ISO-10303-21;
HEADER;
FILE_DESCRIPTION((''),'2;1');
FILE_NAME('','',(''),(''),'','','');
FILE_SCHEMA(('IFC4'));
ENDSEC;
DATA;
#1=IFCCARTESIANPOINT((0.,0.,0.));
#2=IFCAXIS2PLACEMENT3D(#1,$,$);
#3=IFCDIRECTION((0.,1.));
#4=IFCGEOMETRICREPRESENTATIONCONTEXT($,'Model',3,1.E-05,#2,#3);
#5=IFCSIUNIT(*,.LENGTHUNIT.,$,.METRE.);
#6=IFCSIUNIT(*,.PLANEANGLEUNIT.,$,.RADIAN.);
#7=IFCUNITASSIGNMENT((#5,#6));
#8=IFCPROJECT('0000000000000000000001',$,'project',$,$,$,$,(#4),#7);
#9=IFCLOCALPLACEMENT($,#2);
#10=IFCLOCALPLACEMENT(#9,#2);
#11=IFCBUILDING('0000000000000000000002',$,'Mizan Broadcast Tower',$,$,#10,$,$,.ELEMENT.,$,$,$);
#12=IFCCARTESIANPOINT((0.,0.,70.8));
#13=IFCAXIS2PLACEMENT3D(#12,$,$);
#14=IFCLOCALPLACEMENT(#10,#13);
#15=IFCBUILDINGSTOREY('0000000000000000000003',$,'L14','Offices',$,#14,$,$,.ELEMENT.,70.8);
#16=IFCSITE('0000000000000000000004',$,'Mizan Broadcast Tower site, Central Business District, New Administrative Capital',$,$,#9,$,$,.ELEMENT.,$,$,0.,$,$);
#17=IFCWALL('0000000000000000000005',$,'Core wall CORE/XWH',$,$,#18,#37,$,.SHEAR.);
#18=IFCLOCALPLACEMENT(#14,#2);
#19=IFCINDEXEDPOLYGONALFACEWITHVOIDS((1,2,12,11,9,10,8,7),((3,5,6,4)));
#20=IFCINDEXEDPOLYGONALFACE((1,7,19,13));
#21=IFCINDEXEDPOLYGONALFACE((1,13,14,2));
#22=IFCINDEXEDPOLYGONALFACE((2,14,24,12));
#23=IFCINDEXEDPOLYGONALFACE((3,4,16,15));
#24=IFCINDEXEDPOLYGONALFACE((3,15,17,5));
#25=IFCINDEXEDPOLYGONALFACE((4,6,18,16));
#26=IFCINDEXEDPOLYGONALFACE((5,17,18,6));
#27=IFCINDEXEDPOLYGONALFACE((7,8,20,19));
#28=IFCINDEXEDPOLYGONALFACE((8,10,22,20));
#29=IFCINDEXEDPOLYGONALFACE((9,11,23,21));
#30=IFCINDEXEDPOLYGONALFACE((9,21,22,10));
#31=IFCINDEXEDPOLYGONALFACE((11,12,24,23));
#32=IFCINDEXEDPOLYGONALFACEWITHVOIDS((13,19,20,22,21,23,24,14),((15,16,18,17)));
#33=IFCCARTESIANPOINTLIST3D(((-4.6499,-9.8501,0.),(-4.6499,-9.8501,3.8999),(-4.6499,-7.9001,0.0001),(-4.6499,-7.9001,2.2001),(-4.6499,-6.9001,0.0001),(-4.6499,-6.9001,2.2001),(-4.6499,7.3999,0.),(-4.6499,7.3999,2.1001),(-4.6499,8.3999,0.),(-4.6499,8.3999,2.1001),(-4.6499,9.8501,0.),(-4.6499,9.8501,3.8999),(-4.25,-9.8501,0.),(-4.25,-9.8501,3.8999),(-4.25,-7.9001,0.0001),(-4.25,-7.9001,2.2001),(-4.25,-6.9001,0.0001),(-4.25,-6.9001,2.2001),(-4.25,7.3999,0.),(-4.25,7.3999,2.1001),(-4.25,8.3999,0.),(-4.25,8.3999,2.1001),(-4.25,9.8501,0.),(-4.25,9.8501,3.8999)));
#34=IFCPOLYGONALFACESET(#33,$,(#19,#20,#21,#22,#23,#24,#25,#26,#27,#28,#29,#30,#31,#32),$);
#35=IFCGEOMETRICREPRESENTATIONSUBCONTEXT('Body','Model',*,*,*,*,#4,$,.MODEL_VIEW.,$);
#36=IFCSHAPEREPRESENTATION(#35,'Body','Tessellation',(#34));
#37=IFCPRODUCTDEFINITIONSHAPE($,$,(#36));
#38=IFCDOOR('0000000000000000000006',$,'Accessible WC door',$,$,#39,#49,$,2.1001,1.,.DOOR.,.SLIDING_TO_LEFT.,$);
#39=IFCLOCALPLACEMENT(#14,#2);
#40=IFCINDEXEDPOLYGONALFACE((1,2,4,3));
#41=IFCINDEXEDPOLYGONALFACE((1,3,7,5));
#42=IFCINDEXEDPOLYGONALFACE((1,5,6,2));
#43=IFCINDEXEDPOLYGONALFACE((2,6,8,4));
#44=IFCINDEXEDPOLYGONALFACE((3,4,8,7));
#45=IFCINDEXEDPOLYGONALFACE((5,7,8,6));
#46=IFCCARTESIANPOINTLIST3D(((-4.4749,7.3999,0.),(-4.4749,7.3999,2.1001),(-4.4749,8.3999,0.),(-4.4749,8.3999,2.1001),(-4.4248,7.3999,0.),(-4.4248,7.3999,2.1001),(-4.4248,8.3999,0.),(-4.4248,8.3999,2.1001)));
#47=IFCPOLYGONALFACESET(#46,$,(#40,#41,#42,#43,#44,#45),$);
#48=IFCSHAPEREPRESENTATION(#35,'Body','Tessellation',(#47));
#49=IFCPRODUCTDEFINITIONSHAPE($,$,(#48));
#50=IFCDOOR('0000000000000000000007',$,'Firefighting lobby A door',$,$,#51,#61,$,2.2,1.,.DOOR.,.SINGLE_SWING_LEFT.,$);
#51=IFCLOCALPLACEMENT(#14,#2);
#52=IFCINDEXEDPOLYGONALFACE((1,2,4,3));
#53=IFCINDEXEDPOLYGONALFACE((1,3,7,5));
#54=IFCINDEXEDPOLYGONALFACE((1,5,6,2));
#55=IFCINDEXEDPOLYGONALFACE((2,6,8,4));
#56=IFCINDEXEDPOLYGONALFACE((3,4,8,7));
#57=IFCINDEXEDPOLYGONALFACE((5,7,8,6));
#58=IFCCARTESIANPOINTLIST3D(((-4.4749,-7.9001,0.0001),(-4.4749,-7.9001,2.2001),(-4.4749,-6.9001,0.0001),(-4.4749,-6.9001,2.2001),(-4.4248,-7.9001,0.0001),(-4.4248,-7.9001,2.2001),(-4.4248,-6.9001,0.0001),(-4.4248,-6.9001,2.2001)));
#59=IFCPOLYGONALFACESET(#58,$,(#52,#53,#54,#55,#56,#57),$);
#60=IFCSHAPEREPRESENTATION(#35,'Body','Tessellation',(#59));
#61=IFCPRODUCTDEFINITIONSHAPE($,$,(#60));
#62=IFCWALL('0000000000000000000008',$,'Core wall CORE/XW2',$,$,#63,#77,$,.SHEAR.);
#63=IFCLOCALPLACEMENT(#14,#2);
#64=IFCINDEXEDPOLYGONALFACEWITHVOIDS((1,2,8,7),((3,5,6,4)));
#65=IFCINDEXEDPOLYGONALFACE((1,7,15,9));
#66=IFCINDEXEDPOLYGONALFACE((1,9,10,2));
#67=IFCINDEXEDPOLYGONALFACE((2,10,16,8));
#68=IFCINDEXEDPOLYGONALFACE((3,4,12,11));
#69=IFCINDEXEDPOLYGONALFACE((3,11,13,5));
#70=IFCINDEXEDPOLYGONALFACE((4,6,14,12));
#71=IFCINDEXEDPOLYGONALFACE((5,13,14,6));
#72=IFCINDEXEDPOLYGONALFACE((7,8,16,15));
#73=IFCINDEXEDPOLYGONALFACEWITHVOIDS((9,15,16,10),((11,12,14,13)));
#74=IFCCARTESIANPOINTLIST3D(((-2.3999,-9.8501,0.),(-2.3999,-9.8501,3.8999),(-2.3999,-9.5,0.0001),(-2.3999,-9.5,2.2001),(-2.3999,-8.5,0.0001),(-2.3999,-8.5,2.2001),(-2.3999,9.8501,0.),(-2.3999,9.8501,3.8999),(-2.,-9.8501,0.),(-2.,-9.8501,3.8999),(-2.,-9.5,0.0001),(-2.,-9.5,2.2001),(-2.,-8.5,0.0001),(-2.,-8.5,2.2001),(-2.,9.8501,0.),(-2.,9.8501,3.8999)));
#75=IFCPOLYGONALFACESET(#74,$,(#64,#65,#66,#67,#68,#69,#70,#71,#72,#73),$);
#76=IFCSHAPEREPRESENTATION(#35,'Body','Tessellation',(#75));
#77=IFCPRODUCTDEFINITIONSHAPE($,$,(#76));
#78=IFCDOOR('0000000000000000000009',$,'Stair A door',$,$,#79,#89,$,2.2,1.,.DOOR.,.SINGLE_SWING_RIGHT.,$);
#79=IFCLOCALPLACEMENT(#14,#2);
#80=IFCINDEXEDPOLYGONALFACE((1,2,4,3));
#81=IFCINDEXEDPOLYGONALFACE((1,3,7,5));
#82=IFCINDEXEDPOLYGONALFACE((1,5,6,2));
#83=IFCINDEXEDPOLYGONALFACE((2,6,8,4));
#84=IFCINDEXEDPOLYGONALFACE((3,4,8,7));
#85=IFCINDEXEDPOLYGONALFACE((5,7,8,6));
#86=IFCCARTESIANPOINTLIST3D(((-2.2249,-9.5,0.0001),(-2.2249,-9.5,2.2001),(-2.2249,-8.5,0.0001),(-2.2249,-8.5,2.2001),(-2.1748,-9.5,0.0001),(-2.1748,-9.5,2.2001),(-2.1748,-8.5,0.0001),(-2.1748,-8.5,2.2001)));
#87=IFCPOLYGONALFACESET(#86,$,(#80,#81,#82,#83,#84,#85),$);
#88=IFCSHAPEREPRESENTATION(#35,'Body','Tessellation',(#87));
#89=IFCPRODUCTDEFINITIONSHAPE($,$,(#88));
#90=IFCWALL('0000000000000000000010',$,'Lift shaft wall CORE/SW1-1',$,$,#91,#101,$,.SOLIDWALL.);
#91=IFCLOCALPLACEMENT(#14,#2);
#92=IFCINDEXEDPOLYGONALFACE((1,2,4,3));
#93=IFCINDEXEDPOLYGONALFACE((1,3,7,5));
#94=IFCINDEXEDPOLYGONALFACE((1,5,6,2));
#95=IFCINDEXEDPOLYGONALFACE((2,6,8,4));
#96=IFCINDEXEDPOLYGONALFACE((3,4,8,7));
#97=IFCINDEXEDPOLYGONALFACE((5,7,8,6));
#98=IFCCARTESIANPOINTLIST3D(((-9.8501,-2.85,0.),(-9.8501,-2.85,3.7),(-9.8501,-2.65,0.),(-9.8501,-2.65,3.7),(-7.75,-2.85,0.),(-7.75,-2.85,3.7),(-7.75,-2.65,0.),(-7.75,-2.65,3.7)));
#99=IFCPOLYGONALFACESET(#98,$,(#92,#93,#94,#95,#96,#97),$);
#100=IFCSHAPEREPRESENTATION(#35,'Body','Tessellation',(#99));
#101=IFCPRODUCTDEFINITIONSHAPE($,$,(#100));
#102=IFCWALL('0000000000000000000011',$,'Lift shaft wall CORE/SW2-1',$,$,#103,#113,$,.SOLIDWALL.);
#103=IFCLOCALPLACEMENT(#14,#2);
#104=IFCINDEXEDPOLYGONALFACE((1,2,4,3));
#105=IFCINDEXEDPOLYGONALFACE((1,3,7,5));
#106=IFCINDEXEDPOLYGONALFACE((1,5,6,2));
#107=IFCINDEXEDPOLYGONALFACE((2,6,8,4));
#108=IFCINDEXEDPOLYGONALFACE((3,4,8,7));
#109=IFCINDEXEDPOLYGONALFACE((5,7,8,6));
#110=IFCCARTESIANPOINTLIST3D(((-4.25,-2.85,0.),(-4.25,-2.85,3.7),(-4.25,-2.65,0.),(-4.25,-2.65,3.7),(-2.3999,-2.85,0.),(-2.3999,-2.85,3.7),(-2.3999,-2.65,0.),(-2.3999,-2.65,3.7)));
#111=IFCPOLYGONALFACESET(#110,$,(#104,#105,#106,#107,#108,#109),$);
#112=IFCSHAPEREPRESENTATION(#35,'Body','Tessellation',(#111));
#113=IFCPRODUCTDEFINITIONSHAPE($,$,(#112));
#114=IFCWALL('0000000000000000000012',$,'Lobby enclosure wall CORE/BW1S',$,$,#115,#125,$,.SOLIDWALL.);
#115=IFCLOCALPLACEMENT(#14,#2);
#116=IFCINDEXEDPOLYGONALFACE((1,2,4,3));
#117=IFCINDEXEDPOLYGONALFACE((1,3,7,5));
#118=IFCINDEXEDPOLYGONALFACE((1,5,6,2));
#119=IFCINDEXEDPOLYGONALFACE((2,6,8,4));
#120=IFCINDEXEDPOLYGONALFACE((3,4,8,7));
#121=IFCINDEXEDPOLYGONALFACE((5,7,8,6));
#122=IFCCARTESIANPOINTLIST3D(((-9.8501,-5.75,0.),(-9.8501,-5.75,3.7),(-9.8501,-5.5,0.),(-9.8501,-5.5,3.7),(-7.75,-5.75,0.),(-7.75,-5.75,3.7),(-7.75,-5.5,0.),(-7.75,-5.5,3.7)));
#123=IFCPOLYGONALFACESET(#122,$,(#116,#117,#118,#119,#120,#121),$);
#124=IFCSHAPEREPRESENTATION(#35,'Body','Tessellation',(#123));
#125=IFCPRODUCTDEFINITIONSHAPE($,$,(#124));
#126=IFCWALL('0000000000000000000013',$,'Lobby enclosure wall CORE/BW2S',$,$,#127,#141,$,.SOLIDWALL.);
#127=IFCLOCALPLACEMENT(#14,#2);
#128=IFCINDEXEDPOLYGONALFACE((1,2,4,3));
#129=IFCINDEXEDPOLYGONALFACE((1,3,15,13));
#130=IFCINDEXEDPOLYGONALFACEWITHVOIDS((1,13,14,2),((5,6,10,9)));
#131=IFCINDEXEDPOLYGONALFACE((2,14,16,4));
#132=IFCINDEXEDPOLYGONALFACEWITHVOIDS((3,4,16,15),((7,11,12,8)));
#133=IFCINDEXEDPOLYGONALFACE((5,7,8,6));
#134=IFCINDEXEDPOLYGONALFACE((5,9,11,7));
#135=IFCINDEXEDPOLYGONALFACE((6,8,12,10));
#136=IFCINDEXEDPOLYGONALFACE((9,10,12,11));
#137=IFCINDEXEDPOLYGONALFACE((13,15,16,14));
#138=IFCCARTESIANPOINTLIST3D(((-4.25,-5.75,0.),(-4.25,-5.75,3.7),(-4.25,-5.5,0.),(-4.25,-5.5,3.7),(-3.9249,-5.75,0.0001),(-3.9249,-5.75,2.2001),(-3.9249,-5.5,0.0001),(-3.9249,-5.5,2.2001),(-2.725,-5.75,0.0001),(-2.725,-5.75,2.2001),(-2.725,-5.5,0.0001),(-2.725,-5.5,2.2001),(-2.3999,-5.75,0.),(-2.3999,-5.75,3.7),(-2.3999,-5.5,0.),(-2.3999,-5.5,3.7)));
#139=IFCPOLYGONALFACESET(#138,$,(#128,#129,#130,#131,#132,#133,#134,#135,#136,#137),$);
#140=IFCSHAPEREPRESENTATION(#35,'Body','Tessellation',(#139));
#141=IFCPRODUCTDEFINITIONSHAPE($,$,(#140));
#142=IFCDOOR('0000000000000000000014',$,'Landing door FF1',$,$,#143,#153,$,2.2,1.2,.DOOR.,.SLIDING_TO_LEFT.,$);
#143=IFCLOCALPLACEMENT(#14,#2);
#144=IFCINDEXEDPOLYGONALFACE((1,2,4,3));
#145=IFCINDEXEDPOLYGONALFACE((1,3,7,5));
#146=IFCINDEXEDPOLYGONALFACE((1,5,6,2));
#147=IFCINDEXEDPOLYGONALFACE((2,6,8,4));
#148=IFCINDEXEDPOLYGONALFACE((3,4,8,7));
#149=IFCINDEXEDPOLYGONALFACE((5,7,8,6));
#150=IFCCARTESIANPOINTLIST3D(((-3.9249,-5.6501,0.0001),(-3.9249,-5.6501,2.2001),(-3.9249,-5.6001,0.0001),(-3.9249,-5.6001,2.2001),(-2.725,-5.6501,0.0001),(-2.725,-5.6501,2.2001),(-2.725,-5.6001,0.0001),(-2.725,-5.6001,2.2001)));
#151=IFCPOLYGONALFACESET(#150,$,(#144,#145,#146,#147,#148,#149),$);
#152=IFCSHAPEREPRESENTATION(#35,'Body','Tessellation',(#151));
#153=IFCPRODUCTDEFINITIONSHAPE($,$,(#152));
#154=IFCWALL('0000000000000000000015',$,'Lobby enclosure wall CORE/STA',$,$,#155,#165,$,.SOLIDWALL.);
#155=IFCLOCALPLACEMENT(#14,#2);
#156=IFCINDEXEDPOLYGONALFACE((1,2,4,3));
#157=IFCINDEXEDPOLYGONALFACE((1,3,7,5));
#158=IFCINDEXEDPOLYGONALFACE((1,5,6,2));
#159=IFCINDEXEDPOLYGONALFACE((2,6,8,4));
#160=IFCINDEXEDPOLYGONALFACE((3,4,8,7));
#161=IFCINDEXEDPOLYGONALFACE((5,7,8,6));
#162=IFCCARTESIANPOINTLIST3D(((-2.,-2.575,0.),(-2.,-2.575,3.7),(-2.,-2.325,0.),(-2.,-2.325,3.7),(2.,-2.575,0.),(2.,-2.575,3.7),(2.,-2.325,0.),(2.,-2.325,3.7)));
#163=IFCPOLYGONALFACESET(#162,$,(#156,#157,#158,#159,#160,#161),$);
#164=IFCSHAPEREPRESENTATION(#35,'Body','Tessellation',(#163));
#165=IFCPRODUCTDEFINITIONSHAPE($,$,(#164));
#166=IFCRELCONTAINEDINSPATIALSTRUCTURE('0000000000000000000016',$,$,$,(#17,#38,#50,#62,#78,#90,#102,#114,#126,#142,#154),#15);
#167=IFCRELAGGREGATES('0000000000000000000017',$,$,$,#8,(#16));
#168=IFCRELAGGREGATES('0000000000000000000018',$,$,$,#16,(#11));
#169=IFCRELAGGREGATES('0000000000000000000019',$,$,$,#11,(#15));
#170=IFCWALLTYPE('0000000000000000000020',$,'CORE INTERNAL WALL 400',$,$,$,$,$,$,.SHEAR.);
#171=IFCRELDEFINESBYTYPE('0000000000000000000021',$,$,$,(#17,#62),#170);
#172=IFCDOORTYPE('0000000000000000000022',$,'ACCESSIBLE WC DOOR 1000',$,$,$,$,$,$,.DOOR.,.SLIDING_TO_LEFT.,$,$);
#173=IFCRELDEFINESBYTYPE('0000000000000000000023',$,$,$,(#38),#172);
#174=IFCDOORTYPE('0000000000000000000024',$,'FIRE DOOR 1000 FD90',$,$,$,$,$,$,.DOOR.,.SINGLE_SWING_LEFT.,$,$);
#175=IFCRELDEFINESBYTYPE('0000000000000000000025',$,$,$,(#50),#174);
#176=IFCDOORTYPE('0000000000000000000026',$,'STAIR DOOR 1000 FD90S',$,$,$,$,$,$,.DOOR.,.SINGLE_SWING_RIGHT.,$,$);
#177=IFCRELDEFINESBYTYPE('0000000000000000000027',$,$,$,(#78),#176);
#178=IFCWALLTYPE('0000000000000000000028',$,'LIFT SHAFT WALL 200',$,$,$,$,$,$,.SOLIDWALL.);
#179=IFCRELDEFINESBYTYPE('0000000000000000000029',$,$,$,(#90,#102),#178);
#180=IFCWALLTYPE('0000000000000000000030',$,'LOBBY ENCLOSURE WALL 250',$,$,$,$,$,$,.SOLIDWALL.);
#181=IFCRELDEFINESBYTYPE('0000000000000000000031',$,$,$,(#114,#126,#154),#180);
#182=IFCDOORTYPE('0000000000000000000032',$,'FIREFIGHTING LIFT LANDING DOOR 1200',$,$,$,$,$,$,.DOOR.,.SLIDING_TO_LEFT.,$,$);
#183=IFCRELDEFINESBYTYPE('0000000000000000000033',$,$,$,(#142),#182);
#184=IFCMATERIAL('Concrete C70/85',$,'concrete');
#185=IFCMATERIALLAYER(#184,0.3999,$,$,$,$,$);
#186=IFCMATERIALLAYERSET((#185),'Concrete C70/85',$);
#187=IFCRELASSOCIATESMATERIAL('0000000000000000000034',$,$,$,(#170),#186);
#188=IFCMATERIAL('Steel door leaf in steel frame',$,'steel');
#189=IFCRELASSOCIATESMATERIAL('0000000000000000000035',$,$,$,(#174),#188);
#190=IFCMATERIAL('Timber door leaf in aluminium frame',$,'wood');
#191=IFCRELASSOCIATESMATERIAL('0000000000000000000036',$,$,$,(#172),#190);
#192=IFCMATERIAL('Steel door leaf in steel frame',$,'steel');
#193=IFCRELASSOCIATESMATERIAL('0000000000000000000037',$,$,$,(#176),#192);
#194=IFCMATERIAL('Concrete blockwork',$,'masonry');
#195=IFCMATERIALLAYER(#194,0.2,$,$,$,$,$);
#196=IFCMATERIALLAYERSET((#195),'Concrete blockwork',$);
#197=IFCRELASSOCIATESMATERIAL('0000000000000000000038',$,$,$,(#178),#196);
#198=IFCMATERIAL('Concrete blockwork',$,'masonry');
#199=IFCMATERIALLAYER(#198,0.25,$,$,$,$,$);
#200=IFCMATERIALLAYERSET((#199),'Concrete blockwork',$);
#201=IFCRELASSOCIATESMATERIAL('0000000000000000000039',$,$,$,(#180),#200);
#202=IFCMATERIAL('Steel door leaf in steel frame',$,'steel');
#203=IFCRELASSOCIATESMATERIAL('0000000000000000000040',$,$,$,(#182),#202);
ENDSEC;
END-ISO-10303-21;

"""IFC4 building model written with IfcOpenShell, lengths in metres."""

from ifc_helpers import new_model, si_unit, direction, frame, frame_2d, origin, place, context, subcontext, project, spatial, rectangle, extrude, material, layer, layer_set, type_object, element, fill, save


model = new_model("IFC4")

# Units and contexts
model_context = context("Model", 3, precision=1e-05, world=origin(), true_north=direction((0.0, 1.0)))
body_context = subcontext(model_context, "Body", "Model", "MODEL_VIEW")
ifc_project = project(units=[si_unit("LENGTHUNIT", "METRE"), si_unit("PLANEANGLEUNIT", "RADIAN")], contexts=[model_context])

# Site, building, storey
site_placement = place(None, origin())
site = spatial("IfcSite", under=ifc_project, at=site_placement, Name="Mizan Broadcast Tower site, Central Business District, New Administrative Capital", CompositionType="ELEMENT", RefElevation=0.0)
building_placement = place(site_placement, origin())
building = spatial("IfcBuilding", under=site, at=building_placement, Name="Mizan Broadcast Tower", CompositionType="ELEMENT")
storey_placement = place(building_placement, frame((0.0, 0.0, 70.8)))
storey = spatial("IfcBuildingStorey", under=building, at=storey_placement, Name="L14", Description="Offices", CompositionType="ELEMENT", Elevation=70.8)

# Wall, openings, doors
ifc_material_1 = material(Name="Concrete C70/85", Category="concrete")
ifc_layer_1 = layer(ifc_material_1, 0.3999)
ifc_layer_set_1 = layer_set([ifc_layer_1], Name="Concrete C70/85")
wall_type_1 = type_object("IfcWallType", Name="CORE INTERNAL WALL 400", PredefinedType="SHEAR", material=ifc_layer_set_1)
ifc_material_2 = material(Name="Steel door leaf in steel frame", Category="steel")
door_type_1 = type_object("IfcDoorType", Name="FIRE DOOR 1000 FD90", OperationType="SINGLE_SWING_LEFT", PredefinedType="DOOR", material=ifc_material_2)
wall_1_placement = place(storey_placement, frame((-4.45, -9.8501, 0.0), z_axis=(0.0, 0.0, 1.0), x_axis=(0.0, 1.0, 0.0)))
wall_1 = element("IfcWall", 1, at=wall_1_placement, inside=storey, type_object=wall_type_1, Name="Core wall CORE/XWH", PredefinedType="SHEAR", context=body_context, shape_type="SweptSolid", body=[
    extrude(rectangle(XDim=19.7002, YDim=0.3999, at=frame_2d((9.8501, 0.0))), origin(), (0.0, 0.0, 1.0), 3.8999),
])
opening_1_placement = place(wall_1_placement, frame((1.95, 0.0, 0.0)))
opening_1 = element("IfcOpeningElement", 2, at=opening_1_placement, cuts=wall_1, PredefinedType="OPENING", context=body_context, shape_type="SweptSolid", body=[
    extrude(rectangle(XDim=1.0, YDim=2.2, at=frame_2d((0.5, 1.1001))), frame((0.0, 0.21, 0.0), z_axis=(0.0, -1.0, 0.0), x_axis=(1.0, 0.0, 0.0)), (0.0, 0.0, 1.0), 0.4199),
])
opening_2_placement = place(wall_1_placement, frame((17.25, 0.0, 0.0)))
opening_2 = element("IfcOpeningElement", 3, at=opening_2_placement, cuts=wall_1, PredefinedType="OPENING", context=body_context, shape_type="SweptSolid", body=[
    extrude(rectangle(XDim=1.0, YDim=2.1001, at=frame_2d((0.5, 1.05))), frame((0.0, 0.21, 0.0), z_axis=(0.0, -1.0, 0.0), x_axis=(1.0, 0.0, 0.0)), (0.0, 0.0, 1.0), 0.4199),
])
ifc_material_3 = material(Name="Timber door leaf in aluminium frame", Category="wood")
door_type_2 = type_object("IfcDoorType", Name="ACCESSIBLE WC DOOR 1000", OperationType="SLIDING_TO_LEFT", PredefinedType="DOOR", material=ifc_material_3)
door_1_placement = place(opening_2_placement, origin())
door_1 = element("IfcDoor", 4, at=door_1_placement, inside=storey, type_object=door_type_2, Name="Accessible WC door", OperationType="SLIDING_TO_LEFT", OverallHeight=2.1001, OverallWidth=1.0, PredefinedType="DOOR", context=body_context, shape_type="SweptSolid", body=[
    extrude(rectangle(XDim=1.0, YDim=2.1001, at=frame_2d((0.5, 1.05))), frame((0.0, 0.0249, 0.0), z_axis=(0.0, -1.0, 0.0), x_axis=(1.0, 0.0, 0.0)), (0.0, 0.0, 1.0), 0.05),
])
fill(opening_2, door_1)
door_2_placement = place(opening_1_placement, origin())
door_2 = element("IfcDoor", 5, at=door_2_placement, inside=storey, type_object=door_type_1, Name="Firefighting lobby A door", OperationType="SINGLE_SWING_LEFT", OverallHeight=2.2, OverallWidth=1.0, PredefinedType="DOOR", context=body_context, shape_type="SweptSolid", body=[
    extrude(rectangle(XDim=1.0, YDim=2.2, at=frame_2d((0.5, 1.1001))), frame((0.0, 0.0249, 0.0), z_axis=(0.0, -1.0, 0.0), x_axis=(1.0, 0.0, 0.0)), (0.0, 0.0, 1.0), 0.05),
])
fill(opening_1, door_2)

# Wall, opening, door
wall_2_placement = place(storey_placement, frame((-2.2, -9.8501, 0.0), z_axis=(0.0, 0.0, 1.0), x_axis=(0.0, 1.0, 0.0)))
wall_2 = element("IfcWall", 6, at=wall_2_placement, inside=storey, type_object=wall_type_1, Name="Core wall CORE/XW2", PredefinedType="SHEAR", context=body_context, shape_type="SweptSolid", body=[
    extrude(rectangle(XDim=19.7002, YDim=0.3999, at=frame_2d((9.8501, 0.0))), origin(), (0.0, 0.0, 1.0), 3.8999),
])
opening_3_placement = place(wall_2_placement, frame((0.3501, 0.0, 0.0)))
opening_3 = element("IfcOpeningElement", 7, at=opening_3_placement, cuts=wall_2, PredefinedType="OPENING", context=body_context, shape_type="SweptSolid", body=[
    extrude(rectangle(XDim=1.0, YDim=2.2, at=frame_2d((0.5, 1.1001))), frame((0.0, 0.21, 0.0), z_axis=(0.0, -1.0, 0.0), x_axis=(1.0, 0.0, 0.0)), (0.0, 0.0, 1.0), 0.4199),
])
ifc_material_4 = material(Name="Steel door leaf in steel frame", Category="steel")
door_type_3 = type_object("IfcDoorType", Name="STAIR DOOR 1000 FD90S", OperationType="SINGLE_SWING_RIGHT", PredefinedType="DOOR", material=ifc_material_4)
door_3_placement = place(opening_3_placement, origin())
door_3 = element("IfcDoor", 8, at=door_3_placement, inside=storey, type_object=door_type_3, Name="Stair A door", OperationType="SINGLE_SWING_RIGHT", OverallHeight=2.2, OverallWidth=1.0, PredefinedType="DOOR", context=body_context, shape_type="SweptSolid", body=[
    extrude(rectangle(XDim=1.0, YDim=2.2, at=frame_2d((0.5, 1.1001))), frame((0.0, 0.0249, 0.0), z_axis=(0.0, -1.0, 0.0), x_axis=(1.0, 0.0, 0.0)), (0.0, 0.0, 1.0), 0.05),
])
fill(opening_3, door_3)

# Walls
ifc_material_5 = material(Name="Concrete blockwork", Category="masonry")
ifc_layer_2 = layer(ifc_material_5, 0.2)
ifc_layer_set_2 = layer_set([ifc_layer_2], Name="Concrete blockwork")
wall_type_2 = type_object("IfcWallType", Name="LIFT SHAFT WALL 200", PredefinedType="SOLIDWALL", material=ifc_layer_set_2)
wall_3_placement = place(storey_placement, frame((-9.8501, -2.75, 0.0), z_axis=(0.0, 0.0, 1.0), x_axis=(1.0, 0.0, 0.0)))
element("IfcWall", 9, at=wall_3_placement, inside=storey, type_object=wall_type_2, Name="Lift shaft wall CORE/SW1-1", PredefinedType="SOLIDWALL", context=body_context, shape_type="SweptSolid", body=[
    extrude(rectangle(XDim=2.1001, YDim=0.2, at=frame_2d((1.05, 0.0))), origin(), (0.0, 0.0, 1.0), 3.7),
])
wall_4_placement = place(storey_placement, frame((-4.25, -2.75, 0.0), z_axis=(0.0, 0.0, 1.0), x_axis=(1.0, 0.0, 0.0)))
element("IfcWall", 10, at=wall_4_placement, inside=storey, type_object=wall_type_2, Name="Lift shaft wall CORE/SW2-1", PredefinedType="SOLIDWALL", context=body_context, shape_type="SweptSolid", body=[
    extrude(rectangle(XDim=1.8501, YDim=0.2, at=frame_2d((0.925, 0.0))), origin(), (0.0, 0.0, 1.0), 3.7),
])
ifc_material_6 = material(Name="Concrete blockwork", Category="masonry")
ifc_layer_3 = layer(ifc_material_6, 0.25)
ifc_layer_set_3 = layer_set([ifc_layer_3], Name="Concrete blockwork")
wall_type_3 = type_object("IfcWallType", Name="LOBBY ENCLOSURE WALL 250", PredefinedType="SOLIDWALL", material=ifc_layer_set_3)
wall_5_placement = place(storey_placement, frame((-9.8501, -5.625, 0.0), z_axis=(0.0, 0.0, 1.0), x_axis=(1.0, 0.0, 0.0)))
element("IfcWall", 11, at=wall_5_placement, inside=storey, type_object=wall_type_3, Name="Lobby enclosure wall CORE/BW1S", PredefinedType="SOLIDWALL", context=body_context, shape_type="SweptSolid", body=[
    extrude(rectangle(XDim=2.1001, YDim=0.25, at=frame_2d((1.05, 0.0))), origin(), (0.0, 0.0, 1.0), 3.7),
])

# Wall, opening, door
wall_6_placement = place(storey_placement, frame((-4.25, -5.625, 0.0), z_axis=(0.0, 0.0, 1.0), x_axis=(1.0, 0.0, 0.0)))
wall_6 = element("IfcWall", 12, at=wall_6_placement, inside=storey, type_object=wall_type_3, Name="Lobby enclosure wall CORE/BW2S", PredefinedType="SOLIDWALL", context=body_context, shape_type="SweptSolid", body=[
    extrude(rectangle(XDim=1.8501, YDim=0.25, at=frame_2d((0.925, 0.0))), origin(), (0.0, 0.0, 1.0), 3.7),
])
opening_4_placement = place(wall_6_placement, frame((0.325, 0.0, 0.0)))
opening_4 = element("IfcOpeningElement", 13, at=opening_4_placement, cuts=wall_6, PredefinedType="OPENING", context=body_context, shape_type="SweptSolid", body=[
    extrude(rectangle(XDim=1.2, YDim=2.2, at=frame_2d((0.6001, 1.1001))), frame((0.0, 0.135, 0.0), z_axis=(0.0, -1.0, 0.0), x_axis=(1.0, 0.0, 0.0)), (0.0, 0.0, 1.0), 0.27),
])
ifc_material_7 = material(Name="Steel door leaf in steel frame", Category="steel")
door_type_4 = type_object("IfcDoorType", Name="FIREFIGHTING LIFT LANDING DOOR 1200", OperationType="SLIDING_TO_LEFT", PredefinedType="DOOR", material=ifc_material_7)
door_4_placement = place(opening_4_placement, origin())
door_4 = element("IfcDoor", 14, at=door_4_placement, inside=storey, type_object=door_type_4, Name="Landing door FF1", OperationType="SLIDING_TO_LEFT", OverallHeight=2.2, OverallWidth=1.2, PredefinedType="DOOR", context=body_context, shape_type="SweptSolid", body=[
    extrude(rectangle(XDim=1.2, YDim=2.2, at=frame_2d((0.6001, 1.1001))), frame((0.0, 0.0249, 0.0), z_axis=(0.0, -1.0, 0.0), x_axis=(1.0, 0.0, 0.0)), (0.0, 0.0, 1.0), 0.05),
])
fill(opening_4, door_4)

# Wall
wall_7_placement = place(storey_placement, frame((-2.0, -2.45, 0.0), z_axis=(0.0, 0.0, 1.0), x_axis=(1.0, 0.0, 0.0)))
element("IfcWall", 15, at=wall_7_placement, inside=storey, type_object=wall_type_3, Name="Lobby enclosure wall CORE/STA", PredefinedType="SOLIDWALL", context=body_context, shape_type="SweptSolid", body=[
    extrude(rectangle(XDim=4.0, YDim=0.25, at=frame_2d((2.0, 0.0))), origin(), (0.0, 0.0, 1.0), 3.7),
])

save(model, "model.ifc")
